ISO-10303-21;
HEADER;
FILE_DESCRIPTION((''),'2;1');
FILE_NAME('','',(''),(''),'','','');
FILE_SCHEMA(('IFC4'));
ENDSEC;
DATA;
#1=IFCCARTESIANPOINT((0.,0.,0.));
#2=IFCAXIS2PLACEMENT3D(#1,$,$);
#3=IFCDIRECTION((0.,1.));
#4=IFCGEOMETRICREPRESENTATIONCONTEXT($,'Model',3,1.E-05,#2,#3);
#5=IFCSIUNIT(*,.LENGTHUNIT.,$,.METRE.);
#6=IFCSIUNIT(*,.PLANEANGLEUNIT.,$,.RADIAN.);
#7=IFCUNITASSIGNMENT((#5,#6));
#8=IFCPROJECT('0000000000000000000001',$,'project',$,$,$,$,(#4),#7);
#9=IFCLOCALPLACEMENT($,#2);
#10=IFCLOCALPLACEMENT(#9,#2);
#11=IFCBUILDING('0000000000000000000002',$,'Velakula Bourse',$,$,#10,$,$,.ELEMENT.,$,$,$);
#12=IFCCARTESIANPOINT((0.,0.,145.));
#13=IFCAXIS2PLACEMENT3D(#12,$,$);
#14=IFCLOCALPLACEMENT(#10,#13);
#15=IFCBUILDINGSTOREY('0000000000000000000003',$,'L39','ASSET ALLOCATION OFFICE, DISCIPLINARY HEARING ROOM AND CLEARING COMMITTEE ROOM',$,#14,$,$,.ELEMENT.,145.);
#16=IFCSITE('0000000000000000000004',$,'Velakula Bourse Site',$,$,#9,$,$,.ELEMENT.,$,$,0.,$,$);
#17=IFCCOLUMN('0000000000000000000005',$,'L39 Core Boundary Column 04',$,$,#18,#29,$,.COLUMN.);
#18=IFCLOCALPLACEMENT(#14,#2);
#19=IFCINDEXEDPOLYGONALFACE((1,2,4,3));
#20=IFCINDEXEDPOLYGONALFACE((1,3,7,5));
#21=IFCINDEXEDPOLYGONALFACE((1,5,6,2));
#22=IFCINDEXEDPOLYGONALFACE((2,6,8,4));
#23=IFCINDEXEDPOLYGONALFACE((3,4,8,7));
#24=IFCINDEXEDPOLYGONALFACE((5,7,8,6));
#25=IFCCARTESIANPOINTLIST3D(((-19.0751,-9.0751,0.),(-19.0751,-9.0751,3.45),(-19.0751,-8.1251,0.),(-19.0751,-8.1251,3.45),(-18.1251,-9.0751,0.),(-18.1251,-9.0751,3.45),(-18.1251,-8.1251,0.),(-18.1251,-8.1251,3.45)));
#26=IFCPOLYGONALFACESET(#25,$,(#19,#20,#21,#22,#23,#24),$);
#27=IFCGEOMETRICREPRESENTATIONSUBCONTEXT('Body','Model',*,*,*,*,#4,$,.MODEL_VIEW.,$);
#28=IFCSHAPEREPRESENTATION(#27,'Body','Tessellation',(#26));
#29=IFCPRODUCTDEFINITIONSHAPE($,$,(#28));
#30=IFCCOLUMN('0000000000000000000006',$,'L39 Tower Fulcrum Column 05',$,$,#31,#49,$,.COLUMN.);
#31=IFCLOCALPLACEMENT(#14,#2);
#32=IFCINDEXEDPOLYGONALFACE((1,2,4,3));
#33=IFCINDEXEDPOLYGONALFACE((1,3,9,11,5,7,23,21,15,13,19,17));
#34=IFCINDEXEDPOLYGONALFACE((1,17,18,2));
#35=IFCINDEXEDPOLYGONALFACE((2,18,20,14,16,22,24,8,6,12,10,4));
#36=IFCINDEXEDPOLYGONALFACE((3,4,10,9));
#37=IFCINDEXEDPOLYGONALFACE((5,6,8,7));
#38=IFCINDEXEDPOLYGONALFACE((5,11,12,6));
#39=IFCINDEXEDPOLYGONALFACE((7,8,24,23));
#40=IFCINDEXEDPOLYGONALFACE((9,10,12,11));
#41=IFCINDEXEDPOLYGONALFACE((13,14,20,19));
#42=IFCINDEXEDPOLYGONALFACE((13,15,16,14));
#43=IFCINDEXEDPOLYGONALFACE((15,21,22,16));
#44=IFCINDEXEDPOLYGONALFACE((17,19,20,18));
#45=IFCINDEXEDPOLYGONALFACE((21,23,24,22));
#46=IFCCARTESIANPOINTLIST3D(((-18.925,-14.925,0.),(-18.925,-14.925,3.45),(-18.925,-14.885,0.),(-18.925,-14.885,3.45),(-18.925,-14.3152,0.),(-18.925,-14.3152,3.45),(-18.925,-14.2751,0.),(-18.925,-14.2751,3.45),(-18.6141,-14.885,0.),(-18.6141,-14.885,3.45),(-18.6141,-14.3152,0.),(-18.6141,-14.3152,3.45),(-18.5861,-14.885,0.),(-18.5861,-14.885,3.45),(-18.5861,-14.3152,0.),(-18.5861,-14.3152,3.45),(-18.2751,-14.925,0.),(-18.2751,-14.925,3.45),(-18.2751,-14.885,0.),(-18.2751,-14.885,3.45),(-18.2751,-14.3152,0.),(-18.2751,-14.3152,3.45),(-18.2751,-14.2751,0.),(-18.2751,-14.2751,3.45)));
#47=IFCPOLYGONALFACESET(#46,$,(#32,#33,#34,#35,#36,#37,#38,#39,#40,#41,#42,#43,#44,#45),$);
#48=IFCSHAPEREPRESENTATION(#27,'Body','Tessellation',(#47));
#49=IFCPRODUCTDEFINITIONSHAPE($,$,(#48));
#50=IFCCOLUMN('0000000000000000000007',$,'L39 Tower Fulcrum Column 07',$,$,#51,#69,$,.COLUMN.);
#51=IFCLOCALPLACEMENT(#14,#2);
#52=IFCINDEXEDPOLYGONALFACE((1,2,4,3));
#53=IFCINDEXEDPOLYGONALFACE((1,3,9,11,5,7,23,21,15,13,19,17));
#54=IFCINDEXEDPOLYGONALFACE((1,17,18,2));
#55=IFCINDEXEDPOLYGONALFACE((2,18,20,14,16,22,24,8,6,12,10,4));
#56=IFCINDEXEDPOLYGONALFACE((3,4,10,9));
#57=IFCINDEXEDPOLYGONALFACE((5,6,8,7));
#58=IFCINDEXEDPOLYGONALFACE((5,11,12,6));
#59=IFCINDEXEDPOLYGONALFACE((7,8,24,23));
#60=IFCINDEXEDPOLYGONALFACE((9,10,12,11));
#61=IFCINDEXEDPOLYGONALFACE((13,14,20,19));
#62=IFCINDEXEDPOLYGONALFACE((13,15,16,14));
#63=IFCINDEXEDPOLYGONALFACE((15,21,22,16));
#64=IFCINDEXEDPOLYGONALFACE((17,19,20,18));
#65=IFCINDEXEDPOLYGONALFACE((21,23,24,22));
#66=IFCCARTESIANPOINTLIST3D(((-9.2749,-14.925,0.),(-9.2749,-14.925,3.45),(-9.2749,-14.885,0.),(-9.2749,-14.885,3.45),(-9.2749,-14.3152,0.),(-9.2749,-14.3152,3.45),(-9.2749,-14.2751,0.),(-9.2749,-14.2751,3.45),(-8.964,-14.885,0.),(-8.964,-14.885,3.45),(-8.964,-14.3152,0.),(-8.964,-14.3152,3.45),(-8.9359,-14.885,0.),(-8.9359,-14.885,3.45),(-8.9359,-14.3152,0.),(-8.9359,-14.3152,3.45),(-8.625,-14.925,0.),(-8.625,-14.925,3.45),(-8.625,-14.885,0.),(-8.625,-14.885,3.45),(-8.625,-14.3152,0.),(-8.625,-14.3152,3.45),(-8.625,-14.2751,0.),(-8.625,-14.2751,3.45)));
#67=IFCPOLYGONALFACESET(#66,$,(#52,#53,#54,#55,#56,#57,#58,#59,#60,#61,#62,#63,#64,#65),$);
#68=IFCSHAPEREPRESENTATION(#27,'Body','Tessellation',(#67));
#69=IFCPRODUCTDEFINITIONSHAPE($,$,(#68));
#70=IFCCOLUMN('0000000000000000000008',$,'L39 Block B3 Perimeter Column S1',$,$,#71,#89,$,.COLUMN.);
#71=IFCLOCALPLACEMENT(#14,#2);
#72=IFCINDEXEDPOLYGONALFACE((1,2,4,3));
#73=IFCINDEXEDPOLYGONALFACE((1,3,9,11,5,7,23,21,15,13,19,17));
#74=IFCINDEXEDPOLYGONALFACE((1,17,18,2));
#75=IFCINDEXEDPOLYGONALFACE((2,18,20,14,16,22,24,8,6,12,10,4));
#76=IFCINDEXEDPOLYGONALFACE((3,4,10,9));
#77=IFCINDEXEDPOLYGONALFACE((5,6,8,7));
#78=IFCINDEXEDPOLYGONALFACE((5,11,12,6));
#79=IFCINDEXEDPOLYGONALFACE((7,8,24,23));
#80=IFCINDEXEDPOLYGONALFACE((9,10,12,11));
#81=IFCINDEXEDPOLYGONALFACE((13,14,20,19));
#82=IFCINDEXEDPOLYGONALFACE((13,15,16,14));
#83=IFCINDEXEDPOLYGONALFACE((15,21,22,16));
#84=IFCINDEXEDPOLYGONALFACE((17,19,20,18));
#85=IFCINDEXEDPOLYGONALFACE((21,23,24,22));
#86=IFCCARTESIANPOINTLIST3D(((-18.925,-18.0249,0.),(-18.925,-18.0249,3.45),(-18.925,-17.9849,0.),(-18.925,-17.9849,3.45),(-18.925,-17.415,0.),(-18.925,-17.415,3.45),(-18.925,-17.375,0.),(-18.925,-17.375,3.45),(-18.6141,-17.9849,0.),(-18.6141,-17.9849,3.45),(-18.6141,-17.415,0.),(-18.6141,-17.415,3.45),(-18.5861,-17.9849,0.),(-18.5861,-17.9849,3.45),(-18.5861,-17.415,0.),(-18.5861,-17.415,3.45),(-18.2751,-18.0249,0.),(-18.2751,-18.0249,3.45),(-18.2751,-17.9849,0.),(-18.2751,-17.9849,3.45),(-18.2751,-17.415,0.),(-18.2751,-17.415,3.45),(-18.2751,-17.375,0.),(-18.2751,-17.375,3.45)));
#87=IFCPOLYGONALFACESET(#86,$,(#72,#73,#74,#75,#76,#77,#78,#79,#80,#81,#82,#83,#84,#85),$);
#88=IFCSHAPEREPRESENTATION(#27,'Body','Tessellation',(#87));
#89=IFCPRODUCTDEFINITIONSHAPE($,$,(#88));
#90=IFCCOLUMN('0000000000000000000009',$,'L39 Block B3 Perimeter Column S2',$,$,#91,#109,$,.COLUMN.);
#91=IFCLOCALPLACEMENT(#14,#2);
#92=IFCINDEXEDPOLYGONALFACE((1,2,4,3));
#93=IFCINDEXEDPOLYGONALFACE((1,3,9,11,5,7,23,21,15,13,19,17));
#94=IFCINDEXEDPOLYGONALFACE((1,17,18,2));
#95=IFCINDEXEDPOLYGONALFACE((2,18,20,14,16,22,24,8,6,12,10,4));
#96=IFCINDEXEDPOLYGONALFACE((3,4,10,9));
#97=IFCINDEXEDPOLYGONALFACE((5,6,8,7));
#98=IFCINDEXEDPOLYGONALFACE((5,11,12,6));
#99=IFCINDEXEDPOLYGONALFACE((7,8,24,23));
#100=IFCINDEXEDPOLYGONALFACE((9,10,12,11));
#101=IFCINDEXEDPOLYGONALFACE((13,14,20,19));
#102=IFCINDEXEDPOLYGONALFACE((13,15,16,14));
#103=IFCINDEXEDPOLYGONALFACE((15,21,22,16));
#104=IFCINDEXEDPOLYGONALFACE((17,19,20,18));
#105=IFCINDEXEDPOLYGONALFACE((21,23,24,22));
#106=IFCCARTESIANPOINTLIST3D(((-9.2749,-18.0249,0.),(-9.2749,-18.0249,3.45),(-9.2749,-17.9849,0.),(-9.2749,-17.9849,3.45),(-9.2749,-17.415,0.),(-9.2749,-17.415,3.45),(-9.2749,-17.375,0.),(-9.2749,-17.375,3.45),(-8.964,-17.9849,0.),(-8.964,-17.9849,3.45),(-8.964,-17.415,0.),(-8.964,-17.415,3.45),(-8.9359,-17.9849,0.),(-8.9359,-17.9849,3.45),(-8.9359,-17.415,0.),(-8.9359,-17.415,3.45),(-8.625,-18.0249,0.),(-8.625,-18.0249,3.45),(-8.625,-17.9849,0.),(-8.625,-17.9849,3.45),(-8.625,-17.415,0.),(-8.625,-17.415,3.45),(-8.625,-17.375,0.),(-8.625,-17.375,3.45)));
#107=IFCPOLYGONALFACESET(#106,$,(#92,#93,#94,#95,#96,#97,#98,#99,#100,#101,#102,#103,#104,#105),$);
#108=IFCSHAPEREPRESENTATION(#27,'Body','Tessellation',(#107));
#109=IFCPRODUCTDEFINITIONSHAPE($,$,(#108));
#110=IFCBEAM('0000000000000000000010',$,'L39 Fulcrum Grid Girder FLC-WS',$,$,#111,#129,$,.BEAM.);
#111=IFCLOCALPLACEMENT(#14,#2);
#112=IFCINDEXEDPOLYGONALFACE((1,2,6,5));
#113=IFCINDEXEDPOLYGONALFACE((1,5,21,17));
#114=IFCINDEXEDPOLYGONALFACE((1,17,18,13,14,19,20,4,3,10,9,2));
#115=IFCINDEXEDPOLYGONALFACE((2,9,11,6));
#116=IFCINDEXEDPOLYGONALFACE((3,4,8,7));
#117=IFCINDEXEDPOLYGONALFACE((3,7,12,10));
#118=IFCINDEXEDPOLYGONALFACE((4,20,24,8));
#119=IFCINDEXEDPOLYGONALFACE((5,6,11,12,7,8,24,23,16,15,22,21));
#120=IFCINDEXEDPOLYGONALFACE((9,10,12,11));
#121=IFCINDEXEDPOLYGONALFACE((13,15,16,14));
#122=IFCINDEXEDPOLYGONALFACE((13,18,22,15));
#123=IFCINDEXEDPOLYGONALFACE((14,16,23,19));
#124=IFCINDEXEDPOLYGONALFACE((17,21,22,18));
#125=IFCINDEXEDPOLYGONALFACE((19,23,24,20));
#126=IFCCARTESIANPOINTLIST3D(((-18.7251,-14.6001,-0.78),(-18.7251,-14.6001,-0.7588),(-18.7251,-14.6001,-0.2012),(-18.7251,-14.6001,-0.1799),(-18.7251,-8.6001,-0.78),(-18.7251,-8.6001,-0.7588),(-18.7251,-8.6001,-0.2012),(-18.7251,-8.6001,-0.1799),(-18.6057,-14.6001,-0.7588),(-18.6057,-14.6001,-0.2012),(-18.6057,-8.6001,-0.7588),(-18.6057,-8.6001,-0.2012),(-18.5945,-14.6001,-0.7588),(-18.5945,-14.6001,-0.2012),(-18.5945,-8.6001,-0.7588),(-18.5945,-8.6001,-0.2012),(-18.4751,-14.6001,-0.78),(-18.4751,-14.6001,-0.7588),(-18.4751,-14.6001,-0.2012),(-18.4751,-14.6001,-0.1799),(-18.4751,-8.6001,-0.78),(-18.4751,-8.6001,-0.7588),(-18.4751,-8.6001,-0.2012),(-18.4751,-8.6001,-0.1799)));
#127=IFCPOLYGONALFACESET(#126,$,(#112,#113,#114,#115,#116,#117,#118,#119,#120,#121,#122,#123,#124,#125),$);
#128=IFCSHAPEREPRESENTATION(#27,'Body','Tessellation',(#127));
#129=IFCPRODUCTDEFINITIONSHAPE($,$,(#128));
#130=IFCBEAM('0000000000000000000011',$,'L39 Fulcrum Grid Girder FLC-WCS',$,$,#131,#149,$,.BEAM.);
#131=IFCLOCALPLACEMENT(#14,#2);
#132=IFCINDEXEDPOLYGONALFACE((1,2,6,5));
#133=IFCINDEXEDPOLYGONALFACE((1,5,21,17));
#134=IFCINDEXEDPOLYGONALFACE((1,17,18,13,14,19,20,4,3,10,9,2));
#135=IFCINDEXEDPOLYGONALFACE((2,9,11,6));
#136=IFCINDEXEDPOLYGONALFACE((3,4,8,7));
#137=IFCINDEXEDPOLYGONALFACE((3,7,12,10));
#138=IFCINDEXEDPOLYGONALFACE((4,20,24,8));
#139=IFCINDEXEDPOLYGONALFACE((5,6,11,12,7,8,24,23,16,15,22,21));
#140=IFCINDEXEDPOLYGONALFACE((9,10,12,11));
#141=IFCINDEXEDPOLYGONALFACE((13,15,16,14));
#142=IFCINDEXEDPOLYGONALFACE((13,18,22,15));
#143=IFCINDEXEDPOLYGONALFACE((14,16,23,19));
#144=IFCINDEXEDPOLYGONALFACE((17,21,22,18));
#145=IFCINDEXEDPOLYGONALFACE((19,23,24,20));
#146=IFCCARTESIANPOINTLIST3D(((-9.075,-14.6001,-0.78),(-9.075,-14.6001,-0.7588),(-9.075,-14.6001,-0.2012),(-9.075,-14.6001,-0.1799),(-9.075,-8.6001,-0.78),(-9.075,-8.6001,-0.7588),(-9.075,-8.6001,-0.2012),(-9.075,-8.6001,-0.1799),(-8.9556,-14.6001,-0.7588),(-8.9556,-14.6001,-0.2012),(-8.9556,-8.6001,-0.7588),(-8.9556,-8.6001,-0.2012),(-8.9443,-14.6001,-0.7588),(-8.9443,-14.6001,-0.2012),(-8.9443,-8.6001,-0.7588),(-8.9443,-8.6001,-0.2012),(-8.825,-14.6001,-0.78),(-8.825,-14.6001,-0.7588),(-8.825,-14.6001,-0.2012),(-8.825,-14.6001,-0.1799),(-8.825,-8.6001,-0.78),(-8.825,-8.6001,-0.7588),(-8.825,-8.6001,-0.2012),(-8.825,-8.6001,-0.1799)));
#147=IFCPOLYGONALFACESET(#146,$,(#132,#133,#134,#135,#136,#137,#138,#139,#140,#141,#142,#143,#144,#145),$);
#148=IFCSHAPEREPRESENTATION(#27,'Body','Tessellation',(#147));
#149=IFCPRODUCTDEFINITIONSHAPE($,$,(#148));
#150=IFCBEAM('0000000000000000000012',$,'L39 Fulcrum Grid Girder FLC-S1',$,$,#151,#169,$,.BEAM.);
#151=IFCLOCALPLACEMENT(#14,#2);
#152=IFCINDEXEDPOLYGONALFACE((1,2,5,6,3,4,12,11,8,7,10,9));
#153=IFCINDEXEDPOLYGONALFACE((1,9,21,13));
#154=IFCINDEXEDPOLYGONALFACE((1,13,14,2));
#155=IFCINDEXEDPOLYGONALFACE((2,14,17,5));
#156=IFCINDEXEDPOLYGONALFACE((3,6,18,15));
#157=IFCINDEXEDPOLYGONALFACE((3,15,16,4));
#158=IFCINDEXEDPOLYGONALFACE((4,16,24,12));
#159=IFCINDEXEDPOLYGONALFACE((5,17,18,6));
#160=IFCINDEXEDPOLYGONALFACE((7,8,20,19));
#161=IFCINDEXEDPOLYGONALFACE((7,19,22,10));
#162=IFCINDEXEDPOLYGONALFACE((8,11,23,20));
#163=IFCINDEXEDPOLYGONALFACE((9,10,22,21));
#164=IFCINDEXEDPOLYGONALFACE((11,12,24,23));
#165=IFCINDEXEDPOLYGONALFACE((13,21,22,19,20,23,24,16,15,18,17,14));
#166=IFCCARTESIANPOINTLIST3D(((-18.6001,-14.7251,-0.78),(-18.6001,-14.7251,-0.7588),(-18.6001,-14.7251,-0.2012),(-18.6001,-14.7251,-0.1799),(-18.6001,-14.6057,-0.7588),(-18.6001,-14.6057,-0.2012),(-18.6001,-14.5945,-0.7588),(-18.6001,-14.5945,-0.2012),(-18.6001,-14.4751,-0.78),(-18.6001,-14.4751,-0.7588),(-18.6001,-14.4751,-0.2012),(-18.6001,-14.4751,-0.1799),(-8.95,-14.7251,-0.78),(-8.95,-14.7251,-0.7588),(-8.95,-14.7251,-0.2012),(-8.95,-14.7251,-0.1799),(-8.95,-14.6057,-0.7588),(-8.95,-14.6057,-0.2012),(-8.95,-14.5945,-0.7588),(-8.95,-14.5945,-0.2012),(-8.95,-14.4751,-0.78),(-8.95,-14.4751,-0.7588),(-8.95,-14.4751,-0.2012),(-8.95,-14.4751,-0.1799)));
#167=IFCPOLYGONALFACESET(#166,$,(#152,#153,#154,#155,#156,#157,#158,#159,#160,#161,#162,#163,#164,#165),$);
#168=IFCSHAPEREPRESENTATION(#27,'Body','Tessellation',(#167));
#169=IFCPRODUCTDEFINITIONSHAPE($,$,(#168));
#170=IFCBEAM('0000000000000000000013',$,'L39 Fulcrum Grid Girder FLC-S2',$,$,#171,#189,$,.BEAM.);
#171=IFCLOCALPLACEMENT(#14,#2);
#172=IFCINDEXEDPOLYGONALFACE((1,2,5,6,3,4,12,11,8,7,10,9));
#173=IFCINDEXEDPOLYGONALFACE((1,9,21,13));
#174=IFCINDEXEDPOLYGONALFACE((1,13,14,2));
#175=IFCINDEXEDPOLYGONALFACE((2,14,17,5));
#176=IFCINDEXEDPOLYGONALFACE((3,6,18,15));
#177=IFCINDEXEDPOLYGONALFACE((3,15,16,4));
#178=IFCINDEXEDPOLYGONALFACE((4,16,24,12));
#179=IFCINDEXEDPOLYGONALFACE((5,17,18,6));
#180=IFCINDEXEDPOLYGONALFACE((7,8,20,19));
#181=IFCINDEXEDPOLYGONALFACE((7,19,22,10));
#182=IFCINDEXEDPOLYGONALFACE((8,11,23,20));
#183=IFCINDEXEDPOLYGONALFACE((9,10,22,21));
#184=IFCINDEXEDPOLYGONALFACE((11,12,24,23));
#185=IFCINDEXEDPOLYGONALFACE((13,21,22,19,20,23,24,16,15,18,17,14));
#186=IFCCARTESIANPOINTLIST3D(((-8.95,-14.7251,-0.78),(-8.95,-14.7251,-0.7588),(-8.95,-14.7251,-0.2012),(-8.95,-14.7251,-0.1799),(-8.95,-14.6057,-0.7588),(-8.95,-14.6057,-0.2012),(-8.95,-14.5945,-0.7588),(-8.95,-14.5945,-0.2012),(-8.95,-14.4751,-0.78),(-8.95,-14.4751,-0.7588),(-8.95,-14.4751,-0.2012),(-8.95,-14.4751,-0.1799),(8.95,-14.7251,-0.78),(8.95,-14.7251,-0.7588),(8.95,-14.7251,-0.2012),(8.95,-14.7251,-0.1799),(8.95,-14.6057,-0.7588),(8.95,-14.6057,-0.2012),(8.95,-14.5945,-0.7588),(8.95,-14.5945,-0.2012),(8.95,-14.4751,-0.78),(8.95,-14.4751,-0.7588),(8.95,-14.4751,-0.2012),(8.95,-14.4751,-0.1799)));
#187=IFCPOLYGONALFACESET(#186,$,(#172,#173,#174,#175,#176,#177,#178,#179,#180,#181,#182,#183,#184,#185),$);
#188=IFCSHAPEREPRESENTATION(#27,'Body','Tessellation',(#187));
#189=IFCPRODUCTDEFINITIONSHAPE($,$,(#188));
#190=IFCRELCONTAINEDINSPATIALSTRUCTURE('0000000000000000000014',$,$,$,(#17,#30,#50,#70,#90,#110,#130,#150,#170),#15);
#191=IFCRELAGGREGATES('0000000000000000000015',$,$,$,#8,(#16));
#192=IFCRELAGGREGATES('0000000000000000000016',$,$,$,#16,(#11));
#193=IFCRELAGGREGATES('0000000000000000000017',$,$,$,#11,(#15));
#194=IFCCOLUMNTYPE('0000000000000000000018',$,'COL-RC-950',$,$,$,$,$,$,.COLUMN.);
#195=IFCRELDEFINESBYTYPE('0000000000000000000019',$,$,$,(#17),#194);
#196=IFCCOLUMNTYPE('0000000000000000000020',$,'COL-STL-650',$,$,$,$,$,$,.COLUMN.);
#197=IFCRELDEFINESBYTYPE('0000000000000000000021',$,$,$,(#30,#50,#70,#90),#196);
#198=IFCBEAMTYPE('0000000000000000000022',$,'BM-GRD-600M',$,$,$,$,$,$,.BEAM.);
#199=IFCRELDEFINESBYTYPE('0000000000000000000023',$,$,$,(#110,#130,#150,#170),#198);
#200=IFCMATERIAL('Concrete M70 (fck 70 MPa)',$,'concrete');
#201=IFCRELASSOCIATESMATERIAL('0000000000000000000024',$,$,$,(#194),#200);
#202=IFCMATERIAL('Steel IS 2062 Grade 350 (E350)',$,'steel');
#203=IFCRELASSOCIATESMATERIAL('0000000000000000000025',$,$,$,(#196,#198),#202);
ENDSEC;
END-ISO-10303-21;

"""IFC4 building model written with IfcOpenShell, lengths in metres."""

from ifc_helpers import new_model, si_unit, direction, frame, origin, origin_2d, place, context, subcontext, project, spatial, rectangle, i_section, extrude, material, material_profile, profile_set, type_object, element, save


model = new_model("IFC4")

# Units and contexts
model_context = context("Model", 3, precision=1e-05, world=origin(), true_north=direction((0.0, 1.0)))
body_context = subcontext(model_context, "Body", "Model", "MODEL_VIEW")
ifc_project = project(units=[si_unit("LENGTHUNIT", "METRE"), si_unit("PLANEANGLEUNIT", "RADIAN")], contexts=[model_context])

# Site, building, storey
site_placement = place(None, origin())
site = spatial("IfcSite", under=ifc_project, at=site_placement, Name="Velakula Bourse Site", CompositionType="ELEMENT", RefElevation=0.0)
building_placement = place(site_placement, origin())
building = spatial("IfcBuilding", under=site, at=building_placement, Name="Velakula Bourse", CompositionType="ELEMENT")
storey_placement = place(building_placement, frame((0.0, 0.0, 145.0)))
storey = spatial("IfcBuildingStorey", under=building, at=storey_placement, Name="L39", Description="ASSET ALLOCATION OFFICE, DISCIPLINARY HEARING ROOM AND CLEARING COMMITTEE ROOM", CompositionType="ELEMENT", Elevation=145.0)

# Columns
ifc_material_1 = material(Name="Concrete M70 (fck 70 MPa)", Category="concrete")
ifc_material_profile_1 = material_profile(ifc_material_1, rectangle(XDim=0.95, YDim=0.95, at=origin_2d()), Name="Concrete M70 (fck 70 MPa)")
ifc_profile_set_1 = profile_set([ifc_material_profile_1], Name="Concrete M70 (fck 70 MPa)")
column_type_1 = type_object("IfcColumnType", Name="COL-RC-950", PredefinedType="COLUMN", material=ifc_profile_set_1)
column_placement = place(storey_placement, frame((-18.6001, -8.6001, 0.0), z_axis=(0.0, 0.0, 1.0), x_axis=(1.0, 0.0, 0.0)))
element("IfcColumn", 1, at=column_placement, inside=storey, type_object=column_type_1, Name="L39 Core Boundary Column 04", PredefinedType="COLUMN", context=body_context, shape_type="SweptSolid", body=[
    extrude(rectangle(XDim=0.95, YDim=0.95, at=origin_2d()), origin(), (0.0, 0.0, 1.0), 3.45),
])
ifc_material_2 = material(Name="Steel IS 2062 Grade 350 (E350)", Category="steel")
ifc_material_profile_2 = material_profile(ifc_material_2, i_section(OverallWidth=0.6499, OverallDepth=0.6499, WebThickness=0.0281, FlangeThickness=0.04, at=origin_2d()), Name="Steel IS 2062 Grade 350 (E350)")
ifc_profile_set_2 = profile_set([ifc_material_profile_2], Name="Steel IS 2062 Grade 350 (E350)")
column_type_2 = type_object("IfcColumnType", Name="COL-STL-650", PredefinedType="COLUMN", material=ifc_profile_set_2)
for number, where, z_axis, x_axis, name in (
    (2, (-18.6001, -14.6001, 0.0), (0.0, 0.0, 1.0), (1.0, 0.0, 0.0), "L39 Tower Fulcrum Column 05"),
    (3, (-8.95, -14.6001, 0.0), (0.0, 0.0, 1.0), (1.0, 0.0, 0.0), "L39 Tower Fulcrum Column 07"),
    (4, (-18.6001, -17.7, 0.0), (0.0, 0.0, 1.0), (1.0, 0.0, 0.0), "L39 Block B3 Perimeter Column S1"),
    (5, (-8.95, -17.7, 0.0), (0.0, 0.0, 1.0), (1.0, 0.0, 0.0), "L39 Block B3 Perimeter Column S2"),
):
    element("IfcColumn", number, at=place(storey_placement, frame(where, z_axis=z_axis, x_axis=x_axis)), inside=storey, type_object=column_type_2, Name=name, PredefinedType="COLUMN", context=body_context, shape_type="SweptSolid", body=[
        extrude(i_section(OverallWidth=0.6499, OverallDepth=0.6499, WebThickness=0.0281, FlangeThickness=0.04, at=origin_2d()), origin(), (0.0, 0.0, 1.0), 3.45),
    ])

# Beams
ifc_material_profile_3 = material_profile(ifc_material_2, i_section(OverallWidth=0.25, OverallDepth=0.6001, WebThickness=0.0112, FlangeThickness=0.0212, at=origin_2d()), Name="Steel IS 2062 Grade 350 (E350)")
ifc_profile_set_3 = profile_set([ifc_material_profile_3], Name="Steel IS 2062 Grade 350 (E350)")
beam_type_1 = type_object("IfcBeamType", Name="BM-GRD-600M", PredefinedType="BEAM", material=ifc_profile_set_3)
for number, where, z_axis, x_axis, name in (
    (6, (-18.6001, -14.6001, -0.48), (0.0, 1.0, 0.0), (-1.0, 0.0, 0.0), "L39 Fulcrum Grid Girder FLC-WS"),
    (7, (-8.95, -14.6001, -0.48), (0.0, 1.0, 0.0), (-1.0, 0.0, 0.0), "L39 Fulcrum Grid Girder FLC-WCS"),
):
    element("IfcBeam", number, at=place(storey_placement, frame(where, z_axis=z_axis, x_axis=x_axis)), inside=storey, type_object=beam_type_1, Name=name, PredefinedType="BEAM", context=body_context, shape_type="SweptSolid", body=[
        extrude(i_section(OverallWidth=0.25, OverallDepth=0.6001, WebThickness=0.0112, FlangeThickness=0.0212, at=origin_2d()), origin(), (0.0, 0.0, 1.0), 6.0),
    ])
beam_1_placement = place(storey_placement, frame((-18.6001, -14.6001, -0.48), z_axis=(1.0, 0.0, 0.0), x_axis=(0.0, 1.0, 0.0)))
element("IfcBeam", 8, at=beam_1_placement, inside=storey, type_object=beam_type_1, Name="L39 Fulcrum Grid Girder FLC-S1", PredefinedType="BEAM", context=body_context, shape_type="SweptSolid", body=[
    extrude(i_section(OverallWidth=0.25, OverallDepth=0.6001, WebThickness=0.0112, FlangeThickness=0.0212, at=origin_2d()), origin(), (0.0, 0.0, 1.0), 9.6501),
])
beam_2_placement = place(storey_placement, frame((-8.95, -14.6001, -0.48), z_axis=(1.0, 0.0, 0.0), x_axis=(0.0, 1.0, 0.0)))
element("IfcBeam", 9, at=beam_2_placement, inside=storey, type_object=beam_type_1, Name="L39 Fulcrum Grid Girder FLC-S2", PredefinedType="BEAM", context=body_context, shape_type="SweptSolid", body=[
    extrude(i_section(OverallWidth=0.25, OverallDepth=0.6001, WebThickness=0.0112, FlangeThickness=0.0212, at=origin_2d()), origin(), (0.0, 0.0, 1.0), 17.8999),
])

save(model, "model.ifc")
